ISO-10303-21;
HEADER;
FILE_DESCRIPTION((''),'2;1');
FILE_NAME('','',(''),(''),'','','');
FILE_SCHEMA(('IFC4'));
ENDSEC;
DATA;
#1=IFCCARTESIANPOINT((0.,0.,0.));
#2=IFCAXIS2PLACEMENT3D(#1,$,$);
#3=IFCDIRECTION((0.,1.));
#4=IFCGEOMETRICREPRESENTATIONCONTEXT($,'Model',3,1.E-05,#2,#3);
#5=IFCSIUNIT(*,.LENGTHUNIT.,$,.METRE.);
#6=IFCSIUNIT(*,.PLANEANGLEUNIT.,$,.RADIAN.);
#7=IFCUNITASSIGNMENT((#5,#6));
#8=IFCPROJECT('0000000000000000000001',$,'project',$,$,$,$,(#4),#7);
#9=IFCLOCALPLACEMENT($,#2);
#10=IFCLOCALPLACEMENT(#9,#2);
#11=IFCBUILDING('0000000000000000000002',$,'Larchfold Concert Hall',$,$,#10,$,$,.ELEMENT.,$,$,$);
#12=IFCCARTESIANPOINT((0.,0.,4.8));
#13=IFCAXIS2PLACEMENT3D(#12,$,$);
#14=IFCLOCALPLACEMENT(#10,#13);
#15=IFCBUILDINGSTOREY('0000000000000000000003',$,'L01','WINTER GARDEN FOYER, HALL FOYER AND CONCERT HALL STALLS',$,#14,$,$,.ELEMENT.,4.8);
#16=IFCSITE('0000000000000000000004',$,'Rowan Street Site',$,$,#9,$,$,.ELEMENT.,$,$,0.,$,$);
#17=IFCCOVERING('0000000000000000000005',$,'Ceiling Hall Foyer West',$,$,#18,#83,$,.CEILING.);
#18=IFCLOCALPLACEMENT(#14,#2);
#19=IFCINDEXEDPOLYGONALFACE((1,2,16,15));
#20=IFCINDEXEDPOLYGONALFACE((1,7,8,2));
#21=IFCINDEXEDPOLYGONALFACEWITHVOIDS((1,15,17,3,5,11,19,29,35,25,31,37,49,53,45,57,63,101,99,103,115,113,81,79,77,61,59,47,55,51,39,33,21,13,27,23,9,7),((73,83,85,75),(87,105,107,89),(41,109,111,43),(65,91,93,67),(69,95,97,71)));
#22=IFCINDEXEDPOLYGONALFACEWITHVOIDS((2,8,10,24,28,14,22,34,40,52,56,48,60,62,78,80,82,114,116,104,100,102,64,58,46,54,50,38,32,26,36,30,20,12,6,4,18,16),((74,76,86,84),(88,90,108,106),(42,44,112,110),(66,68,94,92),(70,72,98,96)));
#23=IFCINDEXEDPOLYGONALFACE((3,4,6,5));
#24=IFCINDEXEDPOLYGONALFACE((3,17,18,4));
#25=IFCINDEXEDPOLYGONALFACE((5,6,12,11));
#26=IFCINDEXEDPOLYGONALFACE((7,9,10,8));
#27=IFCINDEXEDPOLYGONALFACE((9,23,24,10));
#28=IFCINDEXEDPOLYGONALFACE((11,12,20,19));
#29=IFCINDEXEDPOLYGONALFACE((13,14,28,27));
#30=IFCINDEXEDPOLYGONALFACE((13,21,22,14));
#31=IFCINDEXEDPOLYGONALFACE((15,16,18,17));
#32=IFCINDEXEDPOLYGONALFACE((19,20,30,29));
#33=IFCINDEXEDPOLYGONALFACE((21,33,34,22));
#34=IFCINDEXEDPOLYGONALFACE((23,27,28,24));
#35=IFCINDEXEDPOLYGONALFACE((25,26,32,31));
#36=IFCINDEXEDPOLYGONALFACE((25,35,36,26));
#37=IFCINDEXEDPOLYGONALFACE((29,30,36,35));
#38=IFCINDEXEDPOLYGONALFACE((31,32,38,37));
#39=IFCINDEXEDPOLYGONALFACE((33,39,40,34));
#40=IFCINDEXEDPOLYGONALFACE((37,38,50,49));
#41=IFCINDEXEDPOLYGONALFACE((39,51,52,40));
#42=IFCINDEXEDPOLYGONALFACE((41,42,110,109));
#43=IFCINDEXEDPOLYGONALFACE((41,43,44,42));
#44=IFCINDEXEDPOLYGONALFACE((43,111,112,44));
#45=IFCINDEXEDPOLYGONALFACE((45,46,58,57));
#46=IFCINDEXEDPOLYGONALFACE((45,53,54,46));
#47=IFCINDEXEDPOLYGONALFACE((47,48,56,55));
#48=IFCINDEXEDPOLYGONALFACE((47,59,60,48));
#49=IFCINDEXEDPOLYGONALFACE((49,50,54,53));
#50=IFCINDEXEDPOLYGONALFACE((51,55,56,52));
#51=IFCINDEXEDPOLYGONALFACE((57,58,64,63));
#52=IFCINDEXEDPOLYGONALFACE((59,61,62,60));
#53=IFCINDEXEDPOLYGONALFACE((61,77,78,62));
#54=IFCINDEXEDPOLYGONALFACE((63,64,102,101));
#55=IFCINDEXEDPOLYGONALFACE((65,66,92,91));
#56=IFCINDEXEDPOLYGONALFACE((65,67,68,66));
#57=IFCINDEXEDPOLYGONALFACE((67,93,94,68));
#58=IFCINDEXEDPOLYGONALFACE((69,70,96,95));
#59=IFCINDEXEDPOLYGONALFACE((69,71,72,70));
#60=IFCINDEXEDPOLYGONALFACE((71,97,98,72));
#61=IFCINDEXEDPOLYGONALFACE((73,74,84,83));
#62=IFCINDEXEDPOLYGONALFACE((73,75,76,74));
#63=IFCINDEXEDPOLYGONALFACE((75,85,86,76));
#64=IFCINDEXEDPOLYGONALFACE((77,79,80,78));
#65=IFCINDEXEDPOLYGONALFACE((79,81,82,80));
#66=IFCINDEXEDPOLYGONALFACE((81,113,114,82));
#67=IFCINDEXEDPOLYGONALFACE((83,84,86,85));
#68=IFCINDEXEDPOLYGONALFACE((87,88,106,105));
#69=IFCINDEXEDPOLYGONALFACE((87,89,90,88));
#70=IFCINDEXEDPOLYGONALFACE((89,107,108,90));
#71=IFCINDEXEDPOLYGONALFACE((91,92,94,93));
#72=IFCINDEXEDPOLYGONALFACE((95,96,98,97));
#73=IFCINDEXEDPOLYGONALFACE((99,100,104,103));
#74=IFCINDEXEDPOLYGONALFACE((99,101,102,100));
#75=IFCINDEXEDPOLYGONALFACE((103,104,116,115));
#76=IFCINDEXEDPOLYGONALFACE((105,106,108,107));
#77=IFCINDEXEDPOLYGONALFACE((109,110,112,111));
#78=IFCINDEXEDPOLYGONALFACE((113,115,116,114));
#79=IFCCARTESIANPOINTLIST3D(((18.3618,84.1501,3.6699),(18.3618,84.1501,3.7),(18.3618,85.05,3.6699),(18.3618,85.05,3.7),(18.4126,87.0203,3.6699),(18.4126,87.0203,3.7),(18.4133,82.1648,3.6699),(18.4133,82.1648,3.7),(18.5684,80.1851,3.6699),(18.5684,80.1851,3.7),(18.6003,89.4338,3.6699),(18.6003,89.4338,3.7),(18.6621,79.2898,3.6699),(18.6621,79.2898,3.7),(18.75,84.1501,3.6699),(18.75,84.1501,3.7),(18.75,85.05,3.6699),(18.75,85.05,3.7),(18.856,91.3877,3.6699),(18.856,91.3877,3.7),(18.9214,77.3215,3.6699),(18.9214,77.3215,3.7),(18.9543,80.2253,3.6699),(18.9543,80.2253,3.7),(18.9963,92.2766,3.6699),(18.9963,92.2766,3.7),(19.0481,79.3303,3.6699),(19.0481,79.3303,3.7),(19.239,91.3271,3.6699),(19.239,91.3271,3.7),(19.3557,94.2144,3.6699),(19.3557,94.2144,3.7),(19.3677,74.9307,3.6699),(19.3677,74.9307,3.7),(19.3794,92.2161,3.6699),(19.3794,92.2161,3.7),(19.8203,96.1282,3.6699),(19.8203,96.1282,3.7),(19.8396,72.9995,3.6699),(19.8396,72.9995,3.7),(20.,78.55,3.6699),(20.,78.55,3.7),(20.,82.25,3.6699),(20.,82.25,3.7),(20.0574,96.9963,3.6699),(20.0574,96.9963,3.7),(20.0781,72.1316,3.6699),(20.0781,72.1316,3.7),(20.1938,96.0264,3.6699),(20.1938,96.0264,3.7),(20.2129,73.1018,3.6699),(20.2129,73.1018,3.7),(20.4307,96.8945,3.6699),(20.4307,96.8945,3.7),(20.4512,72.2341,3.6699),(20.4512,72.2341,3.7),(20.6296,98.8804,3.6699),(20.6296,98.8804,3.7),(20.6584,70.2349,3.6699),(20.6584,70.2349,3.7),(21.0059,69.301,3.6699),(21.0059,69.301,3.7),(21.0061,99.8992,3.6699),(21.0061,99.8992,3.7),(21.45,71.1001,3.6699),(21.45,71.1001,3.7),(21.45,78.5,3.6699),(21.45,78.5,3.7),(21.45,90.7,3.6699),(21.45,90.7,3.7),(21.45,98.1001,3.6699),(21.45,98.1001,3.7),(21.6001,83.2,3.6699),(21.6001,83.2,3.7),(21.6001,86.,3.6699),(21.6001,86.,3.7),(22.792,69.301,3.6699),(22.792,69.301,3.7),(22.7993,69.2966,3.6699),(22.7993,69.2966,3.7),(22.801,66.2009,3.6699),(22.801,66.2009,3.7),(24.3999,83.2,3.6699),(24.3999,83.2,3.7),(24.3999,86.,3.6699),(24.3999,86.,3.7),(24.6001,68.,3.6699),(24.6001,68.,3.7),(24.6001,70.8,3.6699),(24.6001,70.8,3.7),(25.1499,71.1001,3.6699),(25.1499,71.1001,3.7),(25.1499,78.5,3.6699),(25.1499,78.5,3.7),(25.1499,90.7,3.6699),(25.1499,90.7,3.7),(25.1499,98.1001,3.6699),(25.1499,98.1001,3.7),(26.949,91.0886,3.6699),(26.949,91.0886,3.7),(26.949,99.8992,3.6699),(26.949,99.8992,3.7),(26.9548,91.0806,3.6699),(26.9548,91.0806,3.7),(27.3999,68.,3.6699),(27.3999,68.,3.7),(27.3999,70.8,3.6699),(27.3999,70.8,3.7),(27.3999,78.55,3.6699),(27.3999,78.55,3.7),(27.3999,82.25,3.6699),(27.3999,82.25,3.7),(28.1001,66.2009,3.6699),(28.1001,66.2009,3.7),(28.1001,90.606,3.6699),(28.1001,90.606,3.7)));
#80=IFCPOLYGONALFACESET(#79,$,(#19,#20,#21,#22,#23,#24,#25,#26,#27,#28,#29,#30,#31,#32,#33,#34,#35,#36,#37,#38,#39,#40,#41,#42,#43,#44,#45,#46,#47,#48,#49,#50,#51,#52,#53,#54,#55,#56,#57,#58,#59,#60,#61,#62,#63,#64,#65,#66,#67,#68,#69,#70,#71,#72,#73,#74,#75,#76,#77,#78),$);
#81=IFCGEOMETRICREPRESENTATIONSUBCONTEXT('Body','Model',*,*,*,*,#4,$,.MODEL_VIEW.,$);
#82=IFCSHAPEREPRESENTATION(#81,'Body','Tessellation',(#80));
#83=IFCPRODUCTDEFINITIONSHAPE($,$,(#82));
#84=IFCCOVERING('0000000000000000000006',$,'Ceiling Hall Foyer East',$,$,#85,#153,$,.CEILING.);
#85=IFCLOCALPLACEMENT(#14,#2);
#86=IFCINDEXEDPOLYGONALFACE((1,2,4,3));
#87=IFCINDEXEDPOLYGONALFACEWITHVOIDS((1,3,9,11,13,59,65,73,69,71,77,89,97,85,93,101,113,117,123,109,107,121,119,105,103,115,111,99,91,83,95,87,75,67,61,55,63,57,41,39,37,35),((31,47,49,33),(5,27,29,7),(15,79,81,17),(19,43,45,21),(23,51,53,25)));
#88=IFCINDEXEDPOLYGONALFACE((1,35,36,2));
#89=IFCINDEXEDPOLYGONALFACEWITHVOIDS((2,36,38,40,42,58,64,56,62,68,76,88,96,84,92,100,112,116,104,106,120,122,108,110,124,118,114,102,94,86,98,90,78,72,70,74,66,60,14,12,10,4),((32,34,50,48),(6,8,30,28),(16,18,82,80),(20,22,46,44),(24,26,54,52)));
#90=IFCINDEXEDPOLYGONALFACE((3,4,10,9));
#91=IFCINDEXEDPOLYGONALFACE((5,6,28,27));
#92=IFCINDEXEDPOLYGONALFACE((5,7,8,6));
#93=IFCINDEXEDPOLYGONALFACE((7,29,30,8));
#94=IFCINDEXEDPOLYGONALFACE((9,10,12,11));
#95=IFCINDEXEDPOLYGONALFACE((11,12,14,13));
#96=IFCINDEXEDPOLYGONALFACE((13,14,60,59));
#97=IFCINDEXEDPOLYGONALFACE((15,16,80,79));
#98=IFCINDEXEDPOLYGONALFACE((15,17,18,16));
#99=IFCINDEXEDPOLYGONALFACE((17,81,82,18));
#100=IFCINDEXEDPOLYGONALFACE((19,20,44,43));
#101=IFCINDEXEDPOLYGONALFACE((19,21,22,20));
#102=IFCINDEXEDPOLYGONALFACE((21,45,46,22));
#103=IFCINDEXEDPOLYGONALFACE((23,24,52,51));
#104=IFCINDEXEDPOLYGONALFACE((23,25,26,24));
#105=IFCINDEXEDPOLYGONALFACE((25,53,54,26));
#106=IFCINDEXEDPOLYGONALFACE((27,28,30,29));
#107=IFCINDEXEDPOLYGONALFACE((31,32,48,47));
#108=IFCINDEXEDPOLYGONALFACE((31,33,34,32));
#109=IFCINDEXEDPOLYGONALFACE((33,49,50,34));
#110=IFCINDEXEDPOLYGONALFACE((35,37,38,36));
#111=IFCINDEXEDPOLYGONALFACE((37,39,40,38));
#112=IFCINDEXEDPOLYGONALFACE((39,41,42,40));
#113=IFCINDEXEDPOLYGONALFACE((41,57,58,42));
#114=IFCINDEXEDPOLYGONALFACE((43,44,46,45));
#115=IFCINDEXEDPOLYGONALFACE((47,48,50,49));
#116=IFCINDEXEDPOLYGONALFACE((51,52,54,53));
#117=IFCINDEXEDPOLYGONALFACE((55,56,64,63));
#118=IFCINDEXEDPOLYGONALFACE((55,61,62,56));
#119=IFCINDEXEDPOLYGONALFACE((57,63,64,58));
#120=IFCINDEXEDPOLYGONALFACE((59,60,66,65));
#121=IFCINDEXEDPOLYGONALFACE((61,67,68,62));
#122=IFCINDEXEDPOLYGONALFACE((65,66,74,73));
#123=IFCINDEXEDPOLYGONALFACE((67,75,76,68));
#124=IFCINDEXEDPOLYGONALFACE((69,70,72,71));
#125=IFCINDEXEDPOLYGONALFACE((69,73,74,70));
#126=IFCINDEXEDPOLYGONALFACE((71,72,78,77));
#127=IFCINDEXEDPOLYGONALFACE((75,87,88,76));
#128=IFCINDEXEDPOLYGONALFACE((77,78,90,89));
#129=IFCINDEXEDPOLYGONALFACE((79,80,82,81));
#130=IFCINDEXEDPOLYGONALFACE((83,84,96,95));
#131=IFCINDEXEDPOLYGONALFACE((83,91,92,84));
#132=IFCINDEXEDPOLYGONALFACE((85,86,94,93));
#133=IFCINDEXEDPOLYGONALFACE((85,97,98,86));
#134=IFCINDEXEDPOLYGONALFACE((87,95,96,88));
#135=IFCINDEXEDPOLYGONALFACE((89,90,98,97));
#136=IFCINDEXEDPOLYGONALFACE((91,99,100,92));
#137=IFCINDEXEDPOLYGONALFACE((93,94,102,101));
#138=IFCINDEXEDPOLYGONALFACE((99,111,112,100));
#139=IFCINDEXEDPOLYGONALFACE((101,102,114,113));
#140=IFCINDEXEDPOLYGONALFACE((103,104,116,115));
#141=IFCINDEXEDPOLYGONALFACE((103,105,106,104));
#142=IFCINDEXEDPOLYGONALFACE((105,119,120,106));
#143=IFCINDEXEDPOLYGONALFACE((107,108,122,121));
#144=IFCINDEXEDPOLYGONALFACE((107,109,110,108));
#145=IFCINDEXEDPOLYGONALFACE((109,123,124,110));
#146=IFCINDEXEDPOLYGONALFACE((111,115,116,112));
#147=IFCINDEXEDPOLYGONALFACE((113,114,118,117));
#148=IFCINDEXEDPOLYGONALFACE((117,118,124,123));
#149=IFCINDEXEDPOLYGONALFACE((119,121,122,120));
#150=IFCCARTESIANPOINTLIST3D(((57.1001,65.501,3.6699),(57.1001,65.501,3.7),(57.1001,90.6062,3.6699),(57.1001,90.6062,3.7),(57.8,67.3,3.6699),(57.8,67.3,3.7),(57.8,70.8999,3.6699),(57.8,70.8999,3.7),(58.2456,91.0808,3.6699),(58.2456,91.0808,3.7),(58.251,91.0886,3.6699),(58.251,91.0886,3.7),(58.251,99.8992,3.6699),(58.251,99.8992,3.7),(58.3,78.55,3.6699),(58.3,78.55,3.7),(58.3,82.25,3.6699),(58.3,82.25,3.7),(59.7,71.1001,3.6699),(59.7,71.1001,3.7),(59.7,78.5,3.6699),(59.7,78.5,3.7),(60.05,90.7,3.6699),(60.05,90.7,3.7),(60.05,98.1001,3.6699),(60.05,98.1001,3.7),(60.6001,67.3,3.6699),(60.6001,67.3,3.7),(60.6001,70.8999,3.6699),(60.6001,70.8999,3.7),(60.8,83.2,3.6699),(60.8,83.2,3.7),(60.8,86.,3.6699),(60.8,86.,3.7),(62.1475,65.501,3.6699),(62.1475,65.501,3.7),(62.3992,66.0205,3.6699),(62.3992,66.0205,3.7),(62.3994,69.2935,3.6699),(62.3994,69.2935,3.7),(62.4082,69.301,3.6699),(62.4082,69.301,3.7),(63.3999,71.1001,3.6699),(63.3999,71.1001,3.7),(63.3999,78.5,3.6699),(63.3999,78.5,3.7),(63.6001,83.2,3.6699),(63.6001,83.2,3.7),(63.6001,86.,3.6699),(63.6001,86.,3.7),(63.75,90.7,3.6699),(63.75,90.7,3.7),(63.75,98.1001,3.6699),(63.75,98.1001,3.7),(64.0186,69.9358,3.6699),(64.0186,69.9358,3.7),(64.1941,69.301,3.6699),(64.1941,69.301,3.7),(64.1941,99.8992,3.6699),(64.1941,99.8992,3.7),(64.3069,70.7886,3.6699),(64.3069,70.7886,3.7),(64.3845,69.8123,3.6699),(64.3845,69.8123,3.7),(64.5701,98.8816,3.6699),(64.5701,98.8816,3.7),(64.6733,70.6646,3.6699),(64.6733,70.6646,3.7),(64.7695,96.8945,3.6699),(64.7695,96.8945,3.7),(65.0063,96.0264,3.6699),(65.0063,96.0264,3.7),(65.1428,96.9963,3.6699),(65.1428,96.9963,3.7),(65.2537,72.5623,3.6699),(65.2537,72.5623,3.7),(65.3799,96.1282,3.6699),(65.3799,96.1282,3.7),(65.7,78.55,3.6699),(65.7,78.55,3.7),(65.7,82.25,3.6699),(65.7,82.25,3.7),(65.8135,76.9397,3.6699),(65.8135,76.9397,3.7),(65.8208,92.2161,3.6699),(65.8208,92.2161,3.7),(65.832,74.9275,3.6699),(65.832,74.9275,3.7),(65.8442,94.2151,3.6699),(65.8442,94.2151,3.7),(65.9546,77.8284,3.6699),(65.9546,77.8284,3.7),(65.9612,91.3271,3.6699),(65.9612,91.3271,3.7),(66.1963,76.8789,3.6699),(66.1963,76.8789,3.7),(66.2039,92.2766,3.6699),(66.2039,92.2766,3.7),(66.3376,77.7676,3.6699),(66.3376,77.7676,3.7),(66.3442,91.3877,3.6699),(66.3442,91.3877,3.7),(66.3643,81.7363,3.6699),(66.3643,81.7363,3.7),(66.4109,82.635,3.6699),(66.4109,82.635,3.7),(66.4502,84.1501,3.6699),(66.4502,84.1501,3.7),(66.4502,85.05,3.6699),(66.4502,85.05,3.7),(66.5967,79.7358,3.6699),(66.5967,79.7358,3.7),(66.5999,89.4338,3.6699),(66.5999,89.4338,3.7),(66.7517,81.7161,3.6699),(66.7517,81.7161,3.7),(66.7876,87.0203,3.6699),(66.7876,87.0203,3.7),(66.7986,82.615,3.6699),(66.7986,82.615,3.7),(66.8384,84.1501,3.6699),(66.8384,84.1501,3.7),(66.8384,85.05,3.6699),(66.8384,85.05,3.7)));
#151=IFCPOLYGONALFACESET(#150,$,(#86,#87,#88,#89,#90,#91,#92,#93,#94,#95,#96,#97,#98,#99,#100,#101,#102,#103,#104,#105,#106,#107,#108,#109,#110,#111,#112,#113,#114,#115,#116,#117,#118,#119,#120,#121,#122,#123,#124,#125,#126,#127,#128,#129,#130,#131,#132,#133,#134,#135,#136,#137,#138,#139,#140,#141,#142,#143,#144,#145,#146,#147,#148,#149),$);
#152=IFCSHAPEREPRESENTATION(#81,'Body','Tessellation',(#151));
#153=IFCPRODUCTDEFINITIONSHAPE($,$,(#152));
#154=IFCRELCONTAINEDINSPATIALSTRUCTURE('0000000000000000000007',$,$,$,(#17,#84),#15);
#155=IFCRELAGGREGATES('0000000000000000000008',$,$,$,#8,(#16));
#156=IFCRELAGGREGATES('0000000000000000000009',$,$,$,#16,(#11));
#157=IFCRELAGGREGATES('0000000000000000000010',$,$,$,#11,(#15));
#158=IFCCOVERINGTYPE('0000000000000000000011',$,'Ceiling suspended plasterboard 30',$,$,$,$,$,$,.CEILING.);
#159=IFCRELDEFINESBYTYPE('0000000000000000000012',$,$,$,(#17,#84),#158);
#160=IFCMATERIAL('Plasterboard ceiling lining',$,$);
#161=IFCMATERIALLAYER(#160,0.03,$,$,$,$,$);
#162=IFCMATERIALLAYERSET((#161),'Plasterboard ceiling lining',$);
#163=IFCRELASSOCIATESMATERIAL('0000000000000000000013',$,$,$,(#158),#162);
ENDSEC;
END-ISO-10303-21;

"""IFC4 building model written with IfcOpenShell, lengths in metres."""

from ifc_helpers import new_model, si_unit, direction, frame, origin, place, context, subcontext, project, spatial, polyline, outline, extrude, material, layer, layer_set, type_object, element, save


model = new_model("IFC4")

# Units and contexts
model_context = context("Model", 3, precision=1e-05, world=origin(), true_north=direction((0.0, 1.0)))
body_context = subcontext(model_context, "Body", "Model", "MODEL_VIEW")
ifc_project = project(units=[si_unit("LENGTHUNIT", "METRE"), si_unit("PLANEANGLEUNIT", "RADIAN")], contexts=[model_context])

# Site, building, storey
site_placement = place(None, origin())
site = spatial("IfcSite", under=ifc_project, at=site_placement, Name="Rowan Street Site", CompositionType="ELEMENT", RefElevation=0.0)
building_placement = place(site_placement, origin())
building = spatial("IfcBuilding", under=site, at=building_placement, Name="Larchfold Concert Hall", CompositionType="ELEMENT")
storey_placement = place(building_placement, frame((0.0, 0.0, 4.8)))
storey = spatial("IfcBuildingStorey", under=building, at=storey_placement, Name="L01", Description="WINTER GARDEN FOYER, HALL FOYER AND CONCERT HALL STALLS", CompositionType="ELEMENT", Elevation=4.8)

# Coverings
ifc_material_1 = material(Name="Plasterboard ceiling lining")
ifc_layer_1 = layer(ifc_material_1, 0.03)
ifc_layer_set_1 = layer_set([ifc_layer_1], Name="Plasterboard ceiling lining")
covering_type_1 = type_object("IfcCoveringType", Name="Ceiling suspended plasterboard 30", PredefinedType="CEILING", material=ifc_layer_set_1)
covering_1_placement = place(storey_placement, frame((0.0, 0.0, 3.6699)))
element("IfcCovering", 1, at=covering_1_placement, inside=storey, type_object=covering_type_1, Name="Ceiling Hall Foyer West", PredefinedType="CEILING", context=body_context, shape_type="SweptSolid", body=[
    extrude(outline(polyline([(18.4133, 82.1648), (18.5684, 80.1851), (18.9543, 80.2253), (19.0481, 79.3303), (18.6621, 79.2898), (18.9214, 77.3215), (19.3677, 74.9307), (19.8396, 72.9995), (20.2129, 73.1018), (20.4512, 72.2341), (20.0781, 72.1316), (20.6584, 70.2349), (21.0059, 69.301), (22.792, 69.301), (22.7993, 69.2966), (22.801, 66.2009), (28.1001, 66.2009), (28.1001, 90.606), (26.9548, 91.0806), (26.949, 91.0886), (26.949, 99.8992), (21.0061, 99.8992), (20.6296, 98.8804), (20.0574, 96.9963), (20.4307, 96.8945), (20.1938, 96.0264), (19.8203, 96.1282), (19.3557, 94.2144), (18.9963, 92.2766), (19.3794, 92.2161), (19.239, 91.3271), (18.856, 91.3877), (18.6003, 89.4338), (18.4126, 87.0203), (18.3618, 85.05), (18.75, 85.05), (18.75, 84.1501), (18.3618, 84.1501), (18.4133, 82.1648)]), holes=[polyline([(20.0, 78.55), (20.0, 82.25), (27.3999, 82.25), (27.3999, 78.55), (20.0, 78.55)]), polyline([(24.6001, 68.0), (24.6001, 70.8), (27.3999, 70.8), (27.3999, 68.0), (24.6001, 68.0)]), polyline([(21.45, 71.1001), (21.45, 78.5), (25.1499, 78.5), (25.1499, 71.1001), (21.45, 71.1001)]), polyline([(21.45, 90.7), (21.45, 98.1001), (25.1499, 98.1001), (25.1499, 90.7), (21.45, 90.7)]), polyline([(21.6001, 83.2), (21.6001, 86.0), (24.3999, 86.0), (24.3999, 83.2), (21.6001, 83.2)])]), origin(), (0.0, 0.0, 1.0), 0.03),
])
covering_2_placement = place(storey_placement, frame((0.0, 0.0, 3.6699)))
element("IfcCovering", 2, at=covering_2_placement, inside=storey, type_object=covering_type_1, Name="Ceiling Hall Foyer East", PredefinedType="CEILING", context=body_context, shape_type="SweptSolid", body=[
    extrude(outline(polyline([(58.2456, 91.0808), (57.1001, 90.6062), (57.1001, 65.501), (62.1475, 65.501), (62.3992, 66.0205), (62.3994, 69.2935), (62.4082, 69.301), (64.1941, 69.301), (64.3845, 69.8123), (64.0186, 69.9358), (64.3069, 70.7886), (64.6733, 70.6646), (65.2537, 72.5623), (65.832, 74.9275), (66.1963, 76.8789), (65.8135, 76.9397), (65.9546, 77.8284), (66.3376, 77.7676), (66.5967, 79.7358), (66.7517, 81.7161), (66.3643, 81.7363), (66.4109, 82.635), (66.7986, 82.615), (66.8384, 84.1501), (66.4502, 84.1501), (66.4502, 85.05), (66.8384, 85.05), (66.7876, 87.0203), (66.5999, 89.4338), (66.3442, 91.3877), (65.9612, 91.3271), (65.8208, 92.2161), (66.2039, 92.2766), (65.8442, 94.2151), (65.3799, 96.1282), (65.0063, 96.0264), (64.7695, 96.8945), (65.1428, 96.9963), (64.5701, 98.8816), (64.1941, 99.8992), (58.251, 99.8992), (58.251, 91.0886), (58.2456, 91.0808)]), holes=[polyline([(58.3, 82.25), (65.7, 82.25), (65.7, 78.55), (58.3, 78.55), (58.3, 82.25)]), polyline([(60.05, 90.7), (60.05, 98.1001), (63.75, 98.1001), (63.75, 90.7), (60.05, 90.7)]), polyline([(60.8, 86.0), (63.6001, 86.0), (63.6001, 83.2), (60.8, 83.2), (60.8, 86.0)]), polyline([(59.7, 78.5), (63.3999, 78.5), (63.3999, 71.1001), (59.7, 71.1001), (59.7, 78.5)]), polyline([(57.8, 67.3), (57.8, 70.8999), (60.6001, 70.8999), (60.6001, 67.3), (57.8, 67.3)])]), origin(), (0.0, 0.0, 1.0), 0.03),
])

save(model, "model.ifc")
